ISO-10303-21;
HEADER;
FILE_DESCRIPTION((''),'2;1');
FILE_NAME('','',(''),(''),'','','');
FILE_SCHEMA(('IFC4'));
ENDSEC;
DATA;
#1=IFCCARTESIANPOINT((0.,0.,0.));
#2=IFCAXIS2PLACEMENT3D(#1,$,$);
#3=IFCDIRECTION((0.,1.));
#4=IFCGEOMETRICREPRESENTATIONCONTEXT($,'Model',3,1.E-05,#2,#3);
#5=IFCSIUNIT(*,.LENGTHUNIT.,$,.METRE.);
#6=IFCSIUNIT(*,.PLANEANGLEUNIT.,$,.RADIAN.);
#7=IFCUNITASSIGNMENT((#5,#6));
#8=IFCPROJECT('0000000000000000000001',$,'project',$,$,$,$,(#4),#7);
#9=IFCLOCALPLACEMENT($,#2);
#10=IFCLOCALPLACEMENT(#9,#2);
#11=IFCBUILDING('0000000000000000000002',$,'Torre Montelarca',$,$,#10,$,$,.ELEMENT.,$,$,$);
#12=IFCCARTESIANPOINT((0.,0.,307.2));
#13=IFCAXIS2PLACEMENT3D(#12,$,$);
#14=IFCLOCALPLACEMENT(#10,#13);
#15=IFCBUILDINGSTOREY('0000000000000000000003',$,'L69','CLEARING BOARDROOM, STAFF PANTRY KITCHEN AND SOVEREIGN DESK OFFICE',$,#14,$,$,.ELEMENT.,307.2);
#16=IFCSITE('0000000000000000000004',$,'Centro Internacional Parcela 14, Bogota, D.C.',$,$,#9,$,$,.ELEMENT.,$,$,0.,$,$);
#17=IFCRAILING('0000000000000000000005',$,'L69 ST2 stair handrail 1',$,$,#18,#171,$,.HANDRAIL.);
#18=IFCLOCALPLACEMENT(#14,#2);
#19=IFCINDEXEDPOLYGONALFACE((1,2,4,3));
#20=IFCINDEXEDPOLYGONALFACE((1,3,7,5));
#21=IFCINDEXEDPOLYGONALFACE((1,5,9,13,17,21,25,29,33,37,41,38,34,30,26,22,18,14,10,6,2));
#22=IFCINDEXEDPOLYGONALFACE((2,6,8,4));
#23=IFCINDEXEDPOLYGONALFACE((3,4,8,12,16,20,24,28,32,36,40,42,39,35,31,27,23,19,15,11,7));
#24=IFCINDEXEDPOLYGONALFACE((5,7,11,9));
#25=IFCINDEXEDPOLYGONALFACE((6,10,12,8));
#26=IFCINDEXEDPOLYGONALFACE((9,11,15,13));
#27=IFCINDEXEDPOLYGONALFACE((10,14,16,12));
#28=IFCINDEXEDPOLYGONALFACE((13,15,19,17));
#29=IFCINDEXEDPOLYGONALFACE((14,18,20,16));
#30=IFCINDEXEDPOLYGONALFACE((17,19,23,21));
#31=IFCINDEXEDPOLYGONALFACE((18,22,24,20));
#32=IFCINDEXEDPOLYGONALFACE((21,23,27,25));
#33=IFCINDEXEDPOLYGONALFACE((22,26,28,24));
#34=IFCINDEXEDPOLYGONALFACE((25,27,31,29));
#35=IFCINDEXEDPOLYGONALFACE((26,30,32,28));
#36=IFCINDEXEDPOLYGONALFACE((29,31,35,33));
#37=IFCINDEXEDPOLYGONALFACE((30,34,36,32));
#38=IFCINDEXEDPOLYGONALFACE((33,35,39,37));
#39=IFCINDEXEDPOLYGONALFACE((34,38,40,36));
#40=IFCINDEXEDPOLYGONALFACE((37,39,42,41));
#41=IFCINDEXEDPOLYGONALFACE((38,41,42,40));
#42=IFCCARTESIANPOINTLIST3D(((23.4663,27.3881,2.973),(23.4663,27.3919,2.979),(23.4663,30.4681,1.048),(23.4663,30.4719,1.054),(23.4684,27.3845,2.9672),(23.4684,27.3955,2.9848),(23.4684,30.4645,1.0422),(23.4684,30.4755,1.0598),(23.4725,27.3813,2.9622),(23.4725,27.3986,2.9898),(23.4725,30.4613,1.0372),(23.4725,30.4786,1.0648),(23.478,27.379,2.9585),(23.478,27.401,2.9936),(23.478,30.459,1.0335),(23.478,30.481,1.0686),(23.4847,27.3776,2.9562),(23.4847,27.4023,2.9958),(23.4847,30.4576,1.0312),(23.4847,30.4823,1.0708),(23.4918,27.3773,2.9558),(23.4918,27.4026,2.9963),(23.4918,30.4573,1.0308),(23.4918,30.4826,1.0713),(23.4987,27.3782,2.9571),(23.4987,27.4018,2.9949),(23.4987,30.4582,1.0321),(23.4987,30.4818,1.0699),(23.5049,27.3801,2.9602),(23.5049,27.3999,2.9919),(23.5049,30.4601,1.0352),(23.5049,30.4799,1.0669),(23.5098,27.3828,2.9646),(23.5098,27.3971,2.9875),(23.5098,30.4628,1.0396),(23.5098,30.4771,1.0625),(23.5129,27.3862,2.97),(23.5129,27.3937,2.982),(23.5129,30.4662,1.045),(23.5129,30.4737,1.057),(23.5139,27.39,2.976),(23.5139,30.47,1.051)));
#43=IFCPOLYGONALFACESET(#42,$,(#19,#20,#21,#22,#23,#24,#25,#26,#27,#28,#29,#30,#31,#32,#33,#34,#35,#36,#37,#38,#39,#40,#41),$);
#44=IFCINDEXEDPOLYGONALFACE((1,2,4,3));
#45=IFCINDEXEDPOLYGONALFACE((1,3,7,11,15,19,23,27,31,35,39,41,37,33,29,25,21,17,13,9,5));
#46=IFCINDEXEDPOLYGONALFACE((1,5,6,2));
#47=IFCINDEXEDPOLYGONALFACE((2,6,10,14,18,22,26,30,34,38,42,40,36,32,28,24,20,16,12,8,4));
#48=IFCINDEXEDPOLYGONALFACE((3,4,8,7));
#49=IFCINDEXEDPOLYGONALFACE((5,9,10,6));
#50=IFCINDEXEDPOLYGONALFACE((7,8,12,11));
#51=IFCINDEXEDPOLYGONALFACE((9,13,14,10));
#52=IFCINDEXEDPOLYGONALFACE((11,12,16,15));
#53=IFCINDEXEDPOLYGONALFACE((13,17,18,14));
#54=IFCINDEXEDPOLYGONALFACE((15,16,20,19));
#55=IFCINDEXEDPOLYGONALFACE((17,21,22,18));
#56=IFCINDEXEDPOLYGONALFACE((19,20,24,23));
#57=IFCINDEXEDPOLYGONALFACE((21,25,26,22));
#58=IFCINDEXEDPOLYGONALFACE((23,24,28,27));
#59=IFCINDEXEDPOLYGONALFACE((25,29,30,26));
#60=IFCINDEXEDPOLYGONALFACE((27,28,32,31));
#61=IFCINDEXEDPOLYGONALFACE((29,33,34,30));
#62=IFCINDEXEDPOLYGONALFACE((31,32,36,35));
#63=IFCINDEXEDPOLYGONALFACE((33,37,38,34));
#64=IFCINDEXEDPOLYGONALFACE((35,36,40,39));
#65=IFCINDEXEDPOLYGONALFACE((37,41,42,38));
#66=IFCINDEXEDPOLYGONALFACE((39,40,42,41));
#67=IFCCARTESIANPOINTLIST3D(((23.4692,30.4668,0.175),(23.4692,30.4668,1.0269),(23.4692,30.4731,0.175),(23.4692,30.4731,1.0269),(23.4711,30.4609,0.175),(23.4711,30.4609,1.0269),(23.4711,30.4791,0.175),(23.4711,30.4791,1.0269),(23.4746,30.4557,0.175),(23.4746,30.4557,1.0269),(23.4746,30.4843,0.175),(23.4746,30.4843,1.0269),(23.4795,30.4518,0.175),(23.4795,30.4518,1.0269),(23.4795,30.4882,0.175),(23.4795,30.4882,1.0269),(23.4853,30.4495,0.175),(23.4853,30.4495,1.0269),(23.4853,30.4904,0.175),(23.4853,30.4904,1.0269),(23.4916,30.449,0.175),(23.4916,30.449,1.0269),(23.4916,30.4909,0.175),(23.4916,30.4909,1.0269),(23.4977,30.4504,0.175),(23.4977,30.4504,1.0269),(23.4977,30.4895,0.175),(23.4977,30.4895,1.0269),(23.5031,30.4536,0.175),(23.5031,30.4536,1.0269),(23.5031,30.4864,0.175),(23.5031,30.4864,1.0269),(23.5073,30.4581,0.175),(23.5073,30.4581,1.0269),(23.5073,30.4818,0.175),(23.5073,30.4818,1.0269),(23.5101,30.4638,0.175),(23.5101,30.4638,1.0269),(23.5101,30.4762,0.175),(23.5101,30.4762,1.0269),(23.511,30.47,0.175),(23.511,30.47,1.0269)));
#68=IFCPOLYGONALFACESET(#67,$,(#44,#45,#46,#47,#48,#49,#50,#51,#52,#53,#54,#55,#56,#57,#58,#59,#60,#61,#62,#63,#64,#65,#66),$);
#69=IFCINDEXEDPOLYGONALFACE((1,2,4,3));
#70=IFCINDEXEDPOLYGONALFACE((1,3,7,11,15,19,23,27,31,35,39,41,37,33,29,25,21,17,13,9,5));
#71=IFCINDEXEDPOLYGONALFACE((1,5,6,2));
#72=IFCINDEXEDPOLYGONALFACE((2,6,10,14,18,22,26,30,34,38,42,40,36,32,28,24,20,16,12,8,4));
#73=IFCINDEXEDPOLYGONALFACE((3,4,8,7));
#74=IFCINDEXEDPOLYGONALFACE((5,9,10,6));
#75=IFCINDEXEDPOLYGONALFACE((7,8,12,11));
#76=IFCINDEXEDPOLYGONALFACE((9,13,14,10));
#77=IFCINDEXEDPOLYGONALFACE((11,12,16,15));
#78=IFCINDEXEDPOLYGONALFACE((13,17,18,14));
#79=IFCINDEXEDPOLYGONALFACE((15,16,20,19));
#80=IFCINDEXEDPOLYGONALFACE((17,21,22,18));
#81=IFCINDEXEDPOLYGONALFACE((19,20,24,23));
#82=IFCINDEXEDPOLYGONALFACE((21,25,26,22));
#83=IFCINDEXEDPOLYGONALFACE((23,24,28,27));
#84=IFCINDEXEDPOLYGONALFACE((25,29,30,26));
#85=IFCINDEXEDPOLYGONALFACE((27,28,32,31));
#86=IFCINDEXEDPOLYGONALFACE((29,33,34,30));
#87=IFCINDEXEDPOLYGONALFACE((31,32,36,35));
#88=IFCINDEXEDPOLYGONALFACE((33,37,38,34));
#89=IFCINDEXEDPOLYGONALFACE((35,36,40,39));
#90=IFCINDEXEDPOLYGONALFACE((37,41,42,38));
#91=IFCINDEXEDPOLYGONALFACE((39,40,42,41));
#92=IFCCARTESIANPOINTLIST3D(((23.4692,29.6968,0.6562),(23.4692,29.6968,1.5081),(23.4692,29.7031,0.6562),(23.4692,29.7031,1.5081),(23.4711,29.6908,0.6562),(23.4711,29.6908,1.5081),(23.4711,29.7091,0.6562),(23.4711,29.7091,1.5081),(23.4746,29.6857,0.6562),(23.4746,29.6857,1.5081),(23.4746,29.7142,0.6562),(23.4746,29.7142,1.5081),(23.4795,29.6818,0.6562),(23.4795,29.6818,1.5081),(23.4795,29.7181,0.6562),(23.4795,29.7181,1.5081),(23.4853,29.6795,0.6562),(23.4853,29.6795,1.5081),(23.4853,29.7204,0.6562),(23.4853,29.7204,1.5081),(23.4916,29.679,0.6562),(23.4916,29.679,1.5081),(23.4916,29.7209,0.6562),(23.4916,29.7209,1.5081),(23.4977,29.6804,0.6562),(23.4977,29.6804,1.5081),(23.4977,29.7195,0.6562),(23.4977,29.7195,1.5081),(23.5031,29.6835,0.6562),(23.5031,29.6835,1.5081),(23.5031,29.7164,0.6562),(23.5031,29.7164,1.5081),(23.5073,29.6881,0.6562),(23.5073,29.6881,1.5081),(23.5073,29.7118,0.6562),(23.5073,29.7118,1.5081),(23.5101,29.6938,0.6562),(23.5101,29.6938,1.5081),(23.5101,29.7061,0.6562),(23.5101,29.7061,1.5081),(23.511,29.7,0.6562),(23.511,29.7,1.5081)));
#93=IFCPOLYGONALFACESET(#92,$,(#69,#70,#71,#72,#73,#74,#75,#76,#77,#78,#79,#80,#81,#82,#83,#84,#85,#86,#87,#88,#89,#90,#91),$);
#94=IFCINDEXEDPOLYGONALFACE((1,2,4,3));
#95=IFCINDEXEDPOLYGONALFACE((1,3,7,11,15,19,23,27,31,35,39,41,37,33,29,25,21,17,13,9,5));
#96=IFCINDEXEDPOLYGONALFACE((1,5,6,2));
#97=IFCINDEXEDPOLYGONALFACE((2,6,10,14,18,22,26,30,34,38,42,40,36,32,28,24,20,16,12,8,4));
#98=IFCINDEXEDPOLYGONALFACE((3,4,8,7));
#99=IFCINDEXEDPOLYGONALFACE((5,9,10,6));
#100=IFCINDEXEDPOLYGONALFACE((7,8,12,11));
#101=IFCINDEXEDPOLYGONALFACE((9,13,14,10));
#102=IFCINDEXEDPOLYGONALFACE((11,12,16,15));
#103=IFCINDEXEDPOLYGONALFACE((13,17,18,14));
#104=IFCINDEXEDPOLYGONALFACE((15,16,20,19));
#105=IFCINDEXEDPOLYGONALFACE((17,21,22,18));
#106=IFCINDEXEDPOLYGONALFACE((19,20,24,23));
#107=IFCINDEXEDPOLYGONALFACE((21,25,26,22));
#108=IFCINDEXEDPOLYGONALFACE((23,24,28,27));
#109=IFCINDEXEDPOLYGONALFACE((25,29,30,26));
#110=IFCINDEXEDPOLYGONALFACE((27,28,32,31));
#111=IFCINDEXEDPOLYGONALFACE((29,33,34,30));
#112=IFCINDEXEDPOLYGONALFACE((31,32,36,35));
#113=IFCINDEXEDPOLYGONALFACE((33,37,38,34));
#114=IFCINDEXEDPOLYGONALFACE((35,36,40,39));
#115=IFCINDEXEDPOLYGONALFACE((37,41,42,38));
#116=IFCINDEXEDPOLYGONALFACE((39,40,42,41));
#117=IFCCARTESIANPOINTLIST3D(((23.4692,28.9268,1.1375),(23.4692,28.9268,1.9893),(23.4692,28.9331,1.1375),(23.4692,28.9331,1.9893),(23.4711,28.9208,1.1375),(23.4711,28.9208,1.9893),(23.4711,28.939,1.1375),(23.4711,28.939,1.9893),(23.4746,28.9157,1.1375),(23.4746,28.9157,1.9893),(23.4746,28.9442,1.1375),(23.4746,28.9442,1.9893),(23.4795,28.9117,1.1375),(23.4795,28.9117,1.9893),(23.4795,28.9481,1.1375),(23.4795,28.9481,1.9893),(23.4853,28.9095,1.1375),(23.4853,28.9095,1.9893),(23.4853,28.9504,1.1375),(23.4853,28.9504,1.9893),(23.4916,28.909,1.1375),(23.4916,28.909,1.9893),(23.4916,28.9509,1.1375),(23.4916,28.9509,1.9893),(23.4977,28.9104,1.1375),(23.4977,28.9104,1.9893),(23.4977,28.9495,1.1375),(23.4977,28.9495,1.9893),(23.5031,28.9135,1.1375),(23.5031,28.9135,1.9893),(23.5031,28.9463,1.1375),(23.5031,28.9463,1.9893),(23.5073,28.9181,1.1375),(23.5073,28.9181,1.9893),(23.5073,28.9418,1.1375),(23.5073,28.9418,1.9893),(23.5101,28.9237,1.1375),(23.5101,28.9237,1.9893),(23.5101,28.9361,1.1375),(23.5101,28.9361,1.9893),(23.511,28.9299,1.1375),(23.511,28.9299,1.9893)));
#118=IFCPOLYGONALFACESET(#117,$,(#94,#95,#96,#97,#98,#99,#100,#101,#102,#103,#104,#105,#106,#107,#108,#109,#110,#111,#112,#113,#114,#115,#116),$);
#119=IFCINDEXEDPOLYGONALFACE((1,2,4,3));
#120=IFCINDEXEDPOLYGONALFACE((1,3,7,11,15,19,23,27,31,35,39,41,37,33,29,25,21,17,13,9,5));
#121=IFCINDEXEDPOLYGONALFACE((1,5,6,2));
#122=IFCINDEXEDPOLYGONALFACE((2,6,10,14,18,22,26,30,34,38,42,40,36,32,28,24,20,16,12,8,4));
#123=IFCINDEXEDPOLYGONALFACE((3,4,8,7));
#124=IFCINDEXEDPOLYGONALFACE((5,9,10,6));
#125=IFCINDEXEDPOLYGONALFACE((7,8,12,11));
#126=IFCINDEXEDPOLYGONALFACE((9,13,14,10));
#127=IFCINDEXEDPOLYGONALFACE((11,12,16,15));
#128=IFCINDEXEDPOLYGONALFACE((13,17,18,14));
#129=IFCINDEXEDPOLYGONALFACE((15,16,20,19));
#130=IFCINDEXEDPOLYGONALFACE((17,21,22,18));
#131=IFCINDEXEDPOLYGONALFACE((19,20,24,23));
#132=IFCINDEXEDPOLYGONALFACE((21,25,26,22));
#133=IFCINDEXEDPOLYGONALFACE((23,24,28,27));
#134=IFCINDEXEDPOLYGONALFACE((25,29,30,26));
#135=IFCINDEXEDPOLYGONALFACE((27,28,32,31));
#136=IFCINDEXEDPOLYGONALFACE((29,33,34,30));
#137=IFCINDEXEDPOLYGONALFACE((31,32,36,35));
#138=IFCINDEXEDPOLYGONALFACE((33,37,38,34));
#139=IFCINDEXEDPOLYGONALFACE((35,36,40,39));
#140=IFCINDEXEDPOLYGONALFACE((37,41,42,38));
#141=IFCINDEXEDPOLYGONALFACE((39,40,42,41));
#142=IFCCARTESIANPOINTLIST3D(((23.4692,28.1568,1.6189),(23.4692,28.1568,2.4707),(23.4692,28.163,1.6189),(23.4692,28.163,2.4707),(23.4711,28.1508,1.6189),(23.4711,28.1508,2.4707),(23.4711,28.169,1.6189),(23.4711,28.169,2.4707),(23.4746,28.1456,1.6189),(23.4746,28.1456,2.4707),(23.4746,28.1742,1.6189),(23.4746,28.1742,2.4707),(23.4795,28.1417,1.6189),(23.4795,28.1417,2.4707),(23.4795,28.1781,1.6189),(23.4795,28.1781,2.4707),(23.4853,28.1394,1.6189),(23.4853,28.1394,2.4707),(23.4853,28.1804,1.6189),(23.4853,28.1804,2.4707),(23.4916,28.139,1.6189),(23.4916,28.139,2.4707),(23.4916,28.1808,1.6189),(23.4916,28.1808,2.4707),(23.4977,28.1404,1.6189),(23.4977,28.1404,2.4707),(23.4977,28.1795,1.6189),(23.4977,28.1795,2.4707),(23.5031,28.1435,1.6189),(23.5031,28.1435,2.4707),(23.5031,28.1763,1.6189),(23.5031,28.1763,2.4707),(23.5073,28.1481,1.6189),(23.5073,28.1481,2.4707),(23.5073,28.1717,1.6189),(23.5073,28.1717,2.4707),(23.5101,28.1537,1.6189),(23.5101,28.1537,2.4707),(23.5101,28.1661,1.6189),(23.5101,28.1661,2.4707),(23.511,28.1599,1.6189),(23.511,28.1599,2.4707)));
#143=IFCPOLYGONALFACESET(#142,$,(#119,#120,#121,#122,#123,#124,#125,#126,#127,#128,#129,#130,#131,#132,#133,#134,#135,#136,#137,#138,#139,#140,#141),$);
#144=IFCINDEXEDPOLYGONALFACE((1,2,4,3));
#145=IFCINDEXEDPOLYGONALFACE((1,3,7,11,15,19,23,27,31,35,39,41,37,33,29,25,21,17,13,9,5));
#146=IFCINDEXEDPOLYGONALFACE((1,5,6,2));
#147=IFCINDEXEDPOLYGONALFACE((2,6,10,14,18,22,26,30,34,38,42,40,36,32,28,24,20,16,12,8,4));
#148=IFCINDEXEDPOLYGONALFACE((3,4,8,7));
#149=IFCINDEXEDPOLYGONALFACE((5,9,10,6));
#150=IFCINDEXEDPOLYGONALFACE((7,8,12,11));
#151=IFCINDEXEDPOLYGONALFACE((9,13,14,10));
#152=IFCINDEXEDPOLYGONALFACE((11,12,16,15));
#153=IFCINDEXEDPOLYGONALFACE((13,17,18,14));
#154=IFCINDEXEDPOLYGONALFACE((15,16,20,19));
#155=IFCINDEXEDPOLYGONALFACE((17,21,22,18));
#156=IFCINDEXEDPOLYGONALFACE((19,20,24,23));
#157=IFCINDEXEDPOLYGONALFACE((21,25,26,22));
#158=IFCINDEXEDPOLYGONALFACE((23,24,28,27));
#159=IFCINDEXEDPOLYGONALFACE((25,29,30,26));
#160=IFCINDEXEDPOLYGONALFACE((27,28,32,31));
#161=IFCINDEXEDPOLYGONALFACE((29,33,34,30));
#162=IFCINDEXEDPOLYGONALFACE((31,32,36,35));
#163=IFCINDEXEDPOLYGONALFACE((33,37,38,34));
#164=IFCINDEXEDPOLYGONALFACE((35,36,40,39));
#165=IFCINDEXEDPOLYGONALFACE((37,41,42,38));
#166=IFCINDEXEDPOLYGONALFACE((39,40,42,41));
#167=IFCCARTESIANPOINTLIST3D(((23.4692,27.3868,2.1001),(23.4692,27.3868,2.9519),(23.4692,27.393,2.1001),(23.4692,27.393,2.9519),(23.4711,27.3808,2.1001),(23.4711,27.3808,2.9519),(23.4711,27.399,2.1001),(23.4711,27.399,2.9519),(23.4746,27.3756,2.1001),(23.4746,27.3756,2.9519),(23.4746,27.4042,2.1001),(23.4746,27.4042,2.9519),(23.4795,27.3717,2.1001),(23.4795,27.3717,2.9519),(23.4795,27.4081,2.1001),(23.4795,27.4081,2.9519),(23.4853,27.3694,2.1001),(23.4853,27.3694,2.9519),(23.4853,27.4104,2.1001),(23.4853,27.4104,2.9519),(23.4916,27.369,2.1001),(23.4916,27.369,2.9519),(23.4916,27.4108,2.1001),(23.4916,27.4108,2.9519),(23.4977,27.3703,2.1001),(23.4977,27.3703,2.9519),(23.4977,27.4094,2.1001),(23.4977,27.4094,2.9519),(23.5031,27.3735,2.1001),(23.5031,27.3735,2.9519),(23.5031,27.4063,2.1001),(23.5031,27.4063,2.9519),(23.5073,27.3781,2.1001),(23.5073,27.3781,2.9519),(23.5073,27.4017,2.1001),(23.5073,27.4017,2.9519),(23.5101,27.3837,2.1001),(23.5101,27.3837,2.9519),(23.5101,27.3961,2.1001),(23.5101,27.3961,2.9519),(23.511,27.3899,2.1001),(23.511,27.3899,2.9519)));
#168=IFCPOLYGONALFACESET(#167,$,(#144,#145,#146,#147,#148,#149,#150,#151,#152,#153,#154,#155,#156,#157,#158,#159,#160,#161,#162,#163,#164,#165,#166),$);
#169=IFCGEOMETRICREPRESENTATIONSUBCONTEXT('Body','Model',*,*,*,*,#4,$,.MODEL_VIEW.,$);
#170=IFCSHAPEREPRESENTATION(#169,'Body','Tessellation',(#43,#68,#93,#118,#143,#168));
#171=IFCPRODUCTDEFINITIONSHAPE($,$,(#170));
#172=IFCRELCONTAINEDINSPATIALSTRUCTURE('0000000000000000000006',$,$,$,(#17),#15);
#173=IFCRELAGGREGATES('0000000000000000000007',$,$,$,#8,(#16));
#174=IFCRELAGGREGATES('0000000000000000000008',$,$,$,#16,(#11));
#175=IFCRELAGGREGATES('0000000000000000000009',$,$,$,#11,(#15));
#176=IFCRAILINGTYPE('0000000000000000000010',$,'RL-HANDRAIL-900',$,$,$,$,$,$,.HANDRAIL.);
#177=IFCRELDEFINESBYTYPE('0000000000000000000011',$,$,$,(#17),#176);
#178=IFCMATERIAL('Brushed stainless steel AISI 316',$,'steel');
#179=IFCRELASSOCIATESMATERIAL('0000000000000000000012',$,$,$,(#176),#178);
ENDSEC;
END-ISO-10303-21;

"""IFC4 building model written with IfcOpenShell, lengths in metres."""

from ifc_helpers import new_model, si_unit, direction, frame, origin, origin_2d, place, context, subcontext, project, spatial, circle, extrude, material, type_object, element, save


model = new_model("IFC4")

# Units and contexts
model_context = context("Model", 3, precision=1e-05, world=origin(), true_north=direction((0.0, 1.0)))
body_context = subcontext(model_context, "Body", "Model", "MODEL_VIEW")
ifc_project = project(units=[si_unit("LENGTHUNIT", "METRE"), si_unit("PLANEANGLEUNIT", "RADIAN")], contexts=[model_context])

# Site, building, storey
site_placement = place(None, origin())
site = spatial("IfcSite", under=ifc_project, at=site_placement, Name="Centro Internacional Parcela 14, Bogota, D.C.", CompositionType="ELEMENT", RefElevation=0.0)
building_placement = place(site_placement, origin())
building = spatial("IfcBuilding", under=site, at=building_placement, Name="Torre Montelarca", CompositionType="ELEMENT")
storey_placement = place(building_placement, frame((0.0, 0.0, 307.2)))
storey = spatial("IfcBuildingStorey", under=building, at=storey_placement, Name="L69", Description="CLEARING BOARDROOM, STAFF PANTRY KITCHEN AND SOVEREIGN DESK OFFICE", CompositionType="ELEMENT", Elevation=307.2)

# Railing
ifc_material_1 = material(Name="Brushed stainless steel AISI 316", Category="steel")
railing_type_1 = type_object("IfcRailingType", Name="RL-HANDRAIL-900", PredefinedType="HANDRAIL", material=ifc_material_1)
railing_1_placement = place(storey_placement, frame((23.49, 30.47, 0.175)))
element("IfcRailing", 1, at=railing_1_placement, inside=storey, type_object=railing_type_1, Name="L69 ST2 stair handrail 1", PredefinedType="HANDRAIL", context=body_context, shape_type="SweptSolid", body=[
    extrude(circle(Radius=0.0239, at=origin_2d()), frame((0.0, 0.0, 0.876), z_axis=(0.0, -0.847998, 0.529999), x_axis=(1.0, 0.0, 0.0)), (0.0, 0.0, 1.0), 3.6321),
    extrude(circle(Radius=0.021, at=origin_2d()), origin(), (0.0, 0.0, 1.0), 0.8518),
    extrude(circle(Radius=0.021, at=origin_2d()), frame((0.0, -0.77, 0.4812)), (0.0, 0.0, 1.0), 0.8518),
    extrude(circle(Radius=0.021, at=origin_2d()), frame((0.0, -1.54, 0.9624)), (0.0, 0.0, 1.0), 0.8518),
    extrude(circle(Radius=0.021, at=origin_2d()), frame((0.0, -2.3101, 1.4438)), (0.0, 0.0, 1.0), 0.8518),
    extrude(circle(Radius=0.021, at=origin_2d()), frame((0.0, -3.0801, 1.925)), (0.0, 0.0, 1.0), 0.8518),
])

save(model, "model.ifc")
